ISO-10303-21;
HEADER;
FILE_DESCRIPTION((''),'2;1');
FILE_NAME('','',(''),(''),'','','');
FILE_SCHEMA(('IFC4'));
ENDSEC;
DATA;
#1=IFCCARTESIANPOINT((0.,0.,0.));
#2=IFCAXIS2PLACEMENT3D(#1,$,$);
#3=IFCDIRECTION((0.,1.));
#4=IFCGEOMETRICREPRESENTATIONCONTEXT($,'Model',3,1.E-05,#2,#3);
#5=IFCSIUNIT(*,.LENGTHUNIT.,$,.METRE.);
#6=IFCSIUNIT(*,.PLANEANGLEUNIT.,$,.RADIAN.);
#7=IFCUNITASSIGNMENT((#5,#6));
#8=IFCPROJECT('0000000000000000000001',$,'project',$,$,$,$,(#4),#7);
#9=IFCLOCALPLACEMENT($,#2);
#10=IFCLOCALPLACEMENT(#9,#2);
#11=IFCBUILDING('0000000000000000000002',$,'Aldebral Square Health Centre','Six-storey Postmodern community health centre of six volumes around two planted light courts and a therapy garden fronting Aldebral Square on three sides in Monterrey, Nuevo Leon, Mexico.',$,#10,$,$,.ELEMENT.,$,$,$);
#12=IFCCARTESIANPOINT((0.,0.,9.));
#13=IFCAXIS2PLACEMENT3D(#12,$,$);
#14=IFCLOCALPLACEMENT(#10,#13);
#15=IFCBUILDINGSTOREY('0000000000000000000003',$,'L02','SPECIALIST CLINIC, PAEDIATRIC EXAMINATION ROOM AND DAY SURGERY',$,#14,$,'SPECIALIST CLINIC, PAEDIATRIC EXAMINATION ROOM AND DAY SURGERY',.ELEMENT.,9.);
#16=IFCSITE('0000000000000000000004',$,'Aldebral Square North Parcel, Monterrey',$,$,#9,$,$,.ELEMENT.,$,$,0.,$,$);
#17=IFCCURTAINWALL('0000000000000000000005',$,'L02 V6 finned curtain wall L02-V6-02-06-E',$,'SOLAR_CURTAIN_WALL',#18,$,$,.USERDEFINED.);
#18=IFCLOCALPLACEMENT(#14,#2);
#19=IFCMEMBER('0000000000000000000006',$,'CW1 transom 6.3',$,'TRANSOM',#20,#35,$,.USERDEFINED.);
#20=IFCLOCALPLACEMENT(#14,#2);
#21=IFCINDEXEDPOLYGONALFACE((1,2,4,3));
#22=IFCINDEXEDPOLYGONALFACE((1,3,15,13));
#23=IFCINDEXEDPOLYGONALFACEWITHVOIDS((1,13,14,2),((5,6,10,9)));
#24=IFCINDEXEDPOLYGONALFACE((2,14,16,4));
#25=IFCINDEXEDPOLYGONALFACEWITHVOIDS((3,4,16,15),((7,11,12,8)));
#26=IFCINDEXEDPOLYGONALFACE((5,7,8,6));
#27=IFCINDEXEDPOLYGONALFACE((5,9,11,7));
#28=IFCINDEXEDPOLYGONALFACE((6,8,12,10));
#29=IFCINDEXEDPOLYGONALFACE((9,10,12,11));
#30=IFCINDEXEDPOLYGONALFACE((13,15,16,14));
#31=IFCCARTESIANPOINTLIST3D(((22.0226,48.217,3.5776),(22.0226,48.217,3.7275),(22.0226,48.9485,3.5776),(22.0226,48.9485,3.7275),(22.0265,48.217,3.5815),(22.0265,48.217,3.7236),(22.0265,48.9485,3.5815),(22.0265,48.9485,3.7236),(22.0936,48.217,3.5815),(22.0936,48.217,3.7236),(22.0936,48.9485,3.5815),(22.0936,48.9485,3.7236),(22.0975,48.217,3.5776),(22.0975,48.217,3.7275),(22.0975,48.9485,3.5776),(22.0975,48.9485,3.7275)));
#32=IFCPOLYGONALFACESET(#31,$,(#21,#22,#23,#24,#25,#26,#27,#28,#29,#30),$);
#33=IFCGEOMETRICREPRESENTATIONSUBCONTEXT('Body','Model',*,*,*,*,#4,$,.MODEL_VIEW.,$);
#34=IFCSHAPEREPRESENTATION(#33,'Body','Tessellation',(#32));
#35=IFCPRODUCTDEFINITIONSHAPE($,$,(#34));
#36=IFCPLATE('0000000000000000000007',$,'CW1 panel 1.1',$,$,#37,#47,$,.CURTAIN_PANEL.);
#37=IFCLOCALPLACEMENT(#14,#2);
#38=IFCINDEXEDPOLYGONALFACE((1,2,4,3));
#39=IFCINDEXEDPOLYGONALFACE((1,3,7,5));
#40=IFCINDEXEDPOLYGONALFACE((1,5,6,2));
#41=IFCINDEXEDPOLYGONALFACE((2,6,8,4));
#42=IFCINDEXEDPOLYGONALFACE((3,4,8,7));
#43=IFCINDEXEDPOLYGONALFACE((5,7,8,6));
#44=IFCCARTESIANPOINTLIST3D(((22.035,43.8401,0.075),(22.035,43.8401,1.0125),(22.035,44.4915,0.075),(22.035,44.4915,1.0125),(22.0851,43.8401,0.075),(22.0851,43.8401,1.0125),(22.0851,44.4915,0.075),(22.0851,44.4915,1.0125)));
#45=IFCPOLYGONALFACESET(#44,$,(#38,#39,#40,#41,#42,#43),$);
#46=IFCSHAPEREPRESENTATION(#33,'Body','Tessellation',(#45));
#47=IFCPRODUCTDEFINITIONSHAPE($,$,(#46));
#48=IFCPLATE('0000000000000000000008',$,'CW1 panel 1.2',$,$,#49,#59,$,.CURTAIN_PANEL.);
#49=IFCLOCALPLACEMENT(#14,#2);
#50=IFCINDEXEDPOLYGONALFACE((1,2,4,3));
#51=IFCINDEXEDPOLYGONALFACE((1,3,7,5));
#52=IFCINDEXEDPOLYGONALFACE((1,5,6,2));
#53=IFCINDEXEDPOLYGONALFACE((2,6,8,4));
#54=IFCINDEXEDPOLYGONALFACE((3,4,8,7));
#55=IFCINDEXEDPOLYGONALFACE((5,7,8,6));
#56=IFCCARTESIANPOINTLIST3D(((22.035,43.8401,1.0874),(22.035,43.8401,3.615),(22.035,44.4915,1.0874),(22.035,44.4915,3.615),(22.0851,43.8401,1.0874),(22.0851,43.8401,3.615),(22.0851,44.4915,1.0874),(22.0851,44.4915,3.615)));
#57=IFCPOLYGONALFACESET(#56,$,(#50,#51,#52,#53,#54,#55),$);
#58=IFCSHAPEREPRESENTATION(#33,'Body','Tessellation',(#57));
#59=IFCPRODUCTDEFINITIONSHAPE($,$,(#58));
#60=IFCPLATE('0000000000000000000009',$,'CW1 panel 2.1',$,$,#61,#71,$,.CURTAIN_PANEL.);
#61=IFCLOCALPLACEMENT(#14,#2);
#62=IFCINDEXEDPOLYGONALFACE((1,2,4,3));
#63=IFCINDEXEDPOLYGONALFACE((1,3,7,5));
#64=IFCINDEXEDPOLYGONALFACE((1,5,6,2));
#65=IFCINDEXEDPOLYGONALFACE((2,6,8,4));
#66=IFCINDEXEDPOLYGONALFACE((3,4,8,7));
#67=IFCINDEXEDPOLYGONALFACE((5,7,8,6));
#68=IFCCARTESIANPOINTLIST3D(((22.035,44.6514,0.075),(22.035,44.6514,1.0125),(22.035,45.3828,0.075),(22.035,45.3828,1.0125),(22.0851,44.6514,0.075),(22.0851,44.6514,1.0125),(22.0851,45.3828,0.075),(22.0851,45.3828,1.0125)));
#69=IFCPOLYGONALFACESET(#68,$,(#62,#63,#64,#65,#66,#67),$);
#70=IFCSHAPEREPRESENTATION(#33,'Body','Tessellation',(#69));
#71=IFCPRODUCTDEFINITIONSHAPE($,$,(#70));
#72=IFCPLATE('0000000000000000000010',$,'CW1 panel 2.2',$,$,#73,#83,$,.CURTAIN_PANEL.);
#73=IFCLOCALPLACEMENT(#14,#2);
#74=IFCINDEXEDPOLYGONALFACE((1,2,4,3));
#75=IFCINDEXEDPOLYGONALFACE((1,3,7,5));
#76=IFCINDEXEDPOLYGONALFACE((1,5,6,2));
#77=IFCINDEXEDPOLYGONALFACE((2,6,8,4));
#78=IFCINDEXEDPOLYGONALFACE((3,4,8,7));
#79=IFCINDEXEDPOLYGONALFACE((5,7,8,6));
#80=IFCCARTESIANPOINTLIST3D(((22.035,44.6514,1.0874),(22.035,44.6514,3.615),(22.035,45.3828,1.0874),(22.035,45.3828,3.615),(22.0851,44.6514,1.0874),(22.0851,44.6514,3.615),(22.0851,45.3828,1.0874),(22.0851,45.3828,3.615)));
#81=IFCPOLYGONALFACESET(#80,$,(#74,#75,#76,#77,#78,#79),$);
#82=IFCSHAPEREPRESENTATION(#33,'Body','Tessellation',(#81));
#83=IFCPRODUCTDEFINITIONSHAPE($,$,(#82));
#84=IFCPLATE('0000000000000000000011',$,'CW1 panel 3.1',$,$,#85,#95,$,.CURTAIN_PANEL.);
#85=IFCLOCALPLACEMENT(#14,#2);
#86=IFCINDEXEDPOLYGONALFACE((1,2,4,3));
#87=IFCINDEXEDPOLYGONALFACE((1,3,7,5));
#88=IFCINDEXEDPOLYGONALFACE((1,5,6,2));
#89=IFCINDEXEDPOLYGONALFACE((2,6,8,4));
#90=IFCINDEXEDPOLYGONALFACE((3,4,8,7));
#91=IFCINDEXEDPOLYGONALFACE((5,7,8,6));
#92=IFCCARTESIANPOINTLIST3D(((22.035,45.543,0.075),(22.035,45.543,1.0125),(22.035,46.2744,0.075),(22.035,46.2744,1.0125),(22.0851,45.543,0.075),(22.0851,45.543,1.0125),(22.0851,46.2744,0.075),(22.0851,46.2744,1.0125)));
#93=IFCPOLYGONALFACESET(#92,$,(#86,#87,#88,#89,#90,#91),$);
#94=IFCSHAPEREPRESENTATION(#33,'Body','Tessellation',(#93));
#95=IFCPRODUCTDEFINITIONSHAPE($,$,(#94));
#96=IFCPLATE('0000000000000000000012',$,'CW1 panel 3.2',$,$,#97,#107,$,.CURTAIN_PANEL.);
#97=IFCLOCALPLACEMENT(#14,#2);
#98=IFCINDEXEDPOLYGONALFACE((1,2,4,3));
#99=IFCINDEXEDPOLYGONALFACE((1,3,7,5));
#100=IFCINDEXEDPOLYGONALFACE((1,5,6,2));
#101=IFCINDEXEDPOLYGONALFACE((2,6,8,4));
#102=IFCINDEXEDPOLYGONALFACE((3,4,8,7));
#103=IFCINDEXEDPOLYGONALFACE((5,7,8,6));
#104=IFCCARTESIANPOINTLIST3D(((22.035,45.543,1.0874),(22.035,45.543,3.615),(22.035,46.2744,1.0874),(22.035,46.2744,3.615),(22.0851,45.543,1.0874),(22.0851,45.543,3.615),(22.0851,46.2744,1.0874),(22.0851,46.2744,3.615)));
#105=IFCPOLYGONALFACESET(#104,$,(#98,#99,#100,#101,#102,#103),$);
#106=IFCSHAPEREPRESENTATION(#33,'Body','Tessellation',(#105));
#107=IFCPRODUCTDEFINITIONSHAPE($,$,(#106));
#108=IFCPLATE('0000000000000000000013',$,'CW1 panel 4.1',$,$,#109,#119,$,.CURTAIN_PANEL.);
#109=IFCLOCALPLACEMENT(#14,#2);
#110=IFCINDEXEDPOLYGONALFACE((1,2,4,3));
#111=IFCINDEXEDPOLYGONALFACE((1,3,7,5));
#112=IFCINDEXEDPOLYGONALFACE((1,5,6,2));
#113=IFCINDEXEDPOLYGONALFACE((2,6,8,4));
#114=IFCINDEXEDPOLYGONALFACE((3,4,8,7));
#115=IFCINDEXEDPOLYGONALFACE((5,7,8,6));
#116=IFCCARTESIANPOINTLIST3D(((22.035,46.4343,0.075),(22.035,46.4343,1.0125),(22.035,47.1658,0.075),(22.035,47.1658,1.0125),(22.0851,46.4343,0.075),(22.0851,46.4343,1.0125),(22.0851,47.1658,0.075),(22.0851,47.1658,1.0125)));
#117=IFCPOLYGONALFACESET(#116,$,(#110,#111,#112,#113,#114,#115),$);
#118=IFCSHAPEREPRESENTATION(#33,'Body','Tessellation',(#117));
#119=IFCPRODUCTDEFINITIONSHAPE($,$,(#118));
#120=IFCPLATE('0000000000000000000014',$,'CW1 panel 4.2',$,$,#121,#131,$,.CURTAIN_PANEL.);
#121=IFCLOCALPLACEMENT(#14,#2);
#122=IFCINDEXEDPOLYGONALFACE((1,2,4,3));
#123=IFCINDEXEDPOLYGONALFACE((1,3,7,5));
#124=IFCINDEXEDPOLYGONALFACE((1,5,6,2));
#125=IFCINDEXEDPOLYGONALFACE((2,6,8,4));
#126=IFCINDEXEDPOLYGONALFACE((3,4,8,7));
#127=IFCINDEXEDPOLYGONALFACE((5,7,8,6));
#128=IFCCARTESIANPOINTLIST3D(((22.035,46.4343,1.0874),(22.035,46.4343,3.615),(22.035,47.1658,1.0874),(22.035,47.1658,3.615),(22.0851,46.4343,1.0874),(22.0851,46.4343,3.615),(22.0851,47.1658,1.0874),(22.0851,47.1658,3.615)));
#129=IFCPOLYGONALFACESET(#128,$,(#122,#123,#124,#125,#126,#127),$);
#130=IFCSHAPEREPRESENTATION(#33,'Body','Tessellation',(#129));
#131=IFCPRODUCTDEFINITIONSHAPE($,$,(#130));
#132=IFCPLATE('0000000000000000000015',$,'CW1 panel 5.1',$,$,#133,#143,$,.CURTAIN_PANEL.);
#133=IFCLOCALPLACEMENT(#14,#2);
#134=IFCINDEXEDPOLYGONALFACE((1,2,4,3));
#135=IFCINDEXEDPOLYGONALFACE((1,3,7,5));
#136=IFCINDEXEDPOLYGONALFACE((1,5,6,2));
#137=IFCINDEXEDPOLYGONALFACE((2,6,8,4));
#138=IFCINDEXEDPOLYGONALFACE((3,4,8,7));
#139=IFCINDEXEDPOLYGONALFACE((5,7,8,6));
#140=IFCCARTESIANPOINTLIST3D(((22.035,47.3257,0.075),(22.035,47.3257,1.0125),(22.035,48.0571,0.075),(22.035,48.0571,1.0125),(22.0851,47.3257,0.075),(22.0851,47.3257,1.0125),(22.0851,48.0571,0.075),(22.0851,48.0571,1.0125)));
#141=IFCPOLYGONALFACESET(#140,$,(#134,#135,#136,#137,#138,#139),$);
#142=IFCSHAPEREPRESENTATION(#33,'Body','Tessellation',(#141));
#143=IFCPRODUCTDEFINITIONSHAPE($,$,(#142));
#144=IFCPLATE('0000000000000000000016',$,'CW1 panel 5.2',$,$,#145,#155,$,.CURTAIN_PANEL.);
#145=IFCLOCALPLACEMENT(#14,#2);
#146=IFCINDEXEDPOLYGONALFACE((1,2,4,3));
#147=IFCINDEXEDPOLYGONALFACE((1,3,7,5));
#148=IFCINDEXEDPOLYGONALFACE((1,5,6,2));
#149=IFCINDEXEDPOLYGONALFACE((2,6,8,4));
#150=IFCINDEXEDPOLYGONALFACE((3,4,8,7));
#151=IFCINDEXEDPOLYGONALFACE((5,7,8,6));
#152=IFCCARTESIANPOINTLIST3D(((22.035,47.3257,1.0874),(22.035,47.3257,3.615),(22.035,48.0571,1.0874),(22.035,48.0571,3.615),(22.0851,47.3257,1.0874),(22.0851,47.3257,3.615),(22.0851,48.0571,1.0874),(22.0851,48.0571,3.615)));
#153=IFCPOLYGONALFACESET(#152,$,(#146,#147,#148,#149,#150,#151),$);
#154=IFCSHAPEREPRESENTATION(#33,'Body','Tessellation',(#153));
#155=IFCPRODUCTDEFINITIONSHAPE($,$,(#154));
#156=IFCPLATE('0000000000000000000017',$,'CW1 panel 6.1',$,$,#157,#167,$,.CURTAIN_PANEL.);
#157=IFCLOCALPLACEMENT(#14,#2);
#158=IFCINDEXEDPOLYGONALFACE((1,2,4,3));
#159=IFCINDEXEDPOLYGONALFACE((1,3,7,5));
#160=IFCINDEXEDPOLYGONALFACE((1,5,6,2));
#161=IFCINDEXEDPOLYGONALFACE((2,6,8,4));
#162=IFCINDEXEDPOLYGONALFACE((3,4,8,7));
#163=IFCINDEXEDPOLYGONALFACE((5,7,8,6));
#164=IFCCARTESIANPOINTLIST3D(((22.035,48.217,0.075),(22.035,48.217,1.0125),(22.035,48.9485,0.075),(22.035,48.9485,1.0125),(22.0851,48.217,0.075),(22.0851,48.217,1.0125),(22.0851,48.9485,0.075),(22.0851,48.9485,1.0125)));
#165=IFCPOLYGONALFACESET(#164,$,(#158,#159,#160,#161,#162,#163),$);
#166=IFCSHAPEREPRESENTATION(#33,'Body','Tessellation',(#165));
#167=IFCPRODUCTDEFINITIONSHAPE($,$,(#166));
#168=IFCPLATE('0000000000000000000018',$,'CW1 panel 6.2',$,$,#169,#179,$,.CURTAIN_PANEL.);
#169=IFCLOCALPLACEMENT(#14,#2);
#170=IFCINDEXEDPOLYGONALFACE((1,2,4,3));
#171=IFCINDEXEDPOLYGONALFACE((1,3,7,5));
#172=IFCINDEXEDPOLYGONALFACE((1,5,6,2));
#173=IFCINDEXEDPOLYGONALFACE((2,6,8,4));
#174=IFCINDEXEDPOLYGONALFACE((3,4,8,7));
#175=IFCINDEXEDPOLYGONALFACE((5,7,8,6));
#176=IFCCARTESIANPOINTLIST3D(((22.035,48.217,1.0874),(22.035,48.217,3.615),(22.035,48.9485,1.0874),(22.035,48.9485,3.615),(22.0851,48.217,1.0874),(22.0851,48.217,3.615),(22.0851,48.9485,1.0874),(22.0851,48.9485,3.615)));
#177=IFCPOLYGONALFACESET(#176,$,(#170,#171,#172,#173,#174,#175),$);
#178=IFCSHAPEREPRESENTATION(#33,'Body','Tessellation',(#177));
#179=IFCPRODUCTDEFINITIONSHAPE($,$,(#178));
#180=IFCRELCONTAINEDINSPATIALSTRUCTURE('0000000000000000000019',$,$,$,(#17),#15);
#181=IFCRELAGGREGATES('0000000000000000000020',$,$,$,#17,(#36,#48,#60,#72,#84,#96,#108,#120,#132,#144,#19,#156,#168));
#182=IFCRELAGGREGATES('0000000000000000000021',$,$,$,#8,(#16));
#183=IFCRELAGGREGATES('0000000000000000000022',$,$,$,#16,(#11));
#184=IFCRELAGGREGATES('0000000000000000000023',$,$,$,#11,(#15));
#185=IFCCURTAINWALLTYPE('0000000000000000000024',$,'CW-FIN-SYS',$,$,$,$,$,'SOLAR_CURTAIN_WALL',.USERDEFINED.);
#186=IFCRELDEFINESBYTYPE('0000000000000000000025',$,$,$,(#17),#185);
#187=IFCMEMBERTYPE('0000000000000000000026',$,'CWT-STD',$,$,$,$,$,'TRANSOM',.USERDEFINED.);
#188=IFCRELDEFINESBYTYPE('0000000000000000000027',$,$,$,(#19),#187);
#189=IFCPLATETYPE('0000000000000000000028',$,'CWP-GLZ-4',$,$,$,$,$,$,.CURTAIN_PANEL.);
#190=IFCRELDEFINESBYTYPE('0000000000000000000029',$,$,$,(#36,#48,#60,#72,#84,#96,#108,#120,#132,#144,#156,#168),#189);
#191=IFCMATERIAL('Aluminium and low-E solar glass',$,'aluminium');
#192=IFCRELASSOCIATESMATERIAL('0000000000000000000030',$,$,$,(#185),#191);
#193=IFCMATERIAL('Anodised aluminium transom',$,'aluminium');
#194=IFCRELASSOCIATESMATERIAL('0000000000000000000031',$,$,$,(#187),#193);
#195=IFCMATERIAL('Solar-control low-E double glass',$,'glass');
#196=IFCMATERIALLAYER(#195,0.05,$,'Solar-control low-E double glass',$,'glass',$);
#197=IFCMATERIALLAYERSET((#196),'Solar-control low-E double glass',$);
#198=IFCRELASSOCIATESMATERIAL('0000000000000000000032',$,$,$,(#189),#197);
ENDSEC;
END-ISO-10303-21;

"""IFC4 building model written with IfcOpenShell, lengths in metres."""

from ifc_helpers import new_model, si_unit, direction, frame, origin, origin_2d, place, context, subcontext, project, spatial, rectangle, hollow_rectangle, extrude, material, layer, layer_set, material_profile, profile_set, type_object, element, aggregate, save


model = new_model("IFC4")

# Units and contexts
model_context = context("Model", 3, precision=1e-05, world=origin(), true_north=direction((0.0, 1.0)))
body_context = subcontext(model_context, "Body", "Model", "MODEL_VIEW")
ifc_project = project(units=[si_unit("LENGTHUNIT", "METRE"), si_unit("PLANEANGLEUNIT", "RADIAN")], contexts=[model_context])

# Site, building, storey
site_placement = place(None, origin())
site = spatial("IfcSite", under=ifc_project, at=site_placement, Name="Aldebral Square North Parcel, Monterrey", CompositionType="ELEMENT", RefElevation=0.0)
building_placement = place(site_placement, origin())
building = spatial("IfcBuilding", under=site, at=building_placement, Name="Aldebral Square Health Centre", Description="Six-storey Postmodern community health centre of six volumes around two planted light courts and a therapy garden fronting Aldebral Square on three sides in Monterrey, Nuevo Leon, Mexico.", CompositionType="ELEMENT")
storey_placement = place(building_placement, frame((0.0, 0.0, 9.0)))
storey = spatial("IfcBuildingStorey", under=building, at=storey_placement, Name="L02", Description="SPECIALIST CLINIC, PAEDIATRIC EXAMINATION ROOM AND DAY SURGERY", LongName="SPECIALIST CLINIC, PAEDIATRIC EXAMINATION ROOM AND DAY SURGERY", CompositionType="ELEMENT", Elevation=9.0)

# Curtain wall, member, plates
ifc_material_1 = material(Name="Aluminium and low-E solar glass", Category="aluminium")
curtain_wall_type = type_object("IfcCurtainWallType", Name="CW-FIN-SYS", ElementType="SOLAR_CURTAIN_WALL", PredefinedType="USERDEFINED", material=ifc_material_1)
curtain_wall_placement = place(storey_placement, origin())
curtain_wall = element("IfcCurtainWall", 1, at=curtain_wall_placement, inside=storey, type_object=curtain_wall_type, Name="L02 V6 finned curtain wall L02-V6-02-06-E", ObjectType="SOLAR_CURTAIN_WALL", PredefinedType="USERDEFINED")
ifc_material_2 = material(Name="Anodised aluminium transom", Category="aluminium")
ifc_material_profile_1 = material_profile(ifc_material_2, hollow_rectangle(XDim=0.075, YDim=0.1499, WallThickness=0.0039, at=origin_2d()), Name="CWT 75x150x4")
ifc_profile_set_1 = profile_set([ifc_material_profile_1], Name="Anodised aluminium transom")
member_type_1 = type_object("IfcMemberType", Name="CWT-STD", ElementType="TRANSOM", PredefinedType="USERDEFINED", material=ifc_profile_set_1)
member_1_placement = place(storey_placement, frame((22.0601, 48.217, 3.6526), z_axis=(0.0, 1.0, 0.0), x_axis=(-1.0, 0.0, 0.0)))
member_1 = element("IfcMember", 2, at=member_1_placement, type_object=member_type_1, Name="CW1 transom 6.3", ObjectType="TRANSOM", PredefinedType="USERDEFINED", context=body_context, shape_type="SweptSolid", body=[
    extrude(hollow_rectangle(XDim=0.075, YDim=0.1499, WallThickness=0.0039, at=origin_2d()), origin(), (0.0, 0.0, 1.0), 0.7314),
])
ifc_material_3 = material(Name="Solar-control low-E double glass", Category="glass")
ifc_layer = layer(ifc_material_3, 0.05, Name="Solar-control low-E double glass", Category="glass")
ifc_layer_set = layer_set([ifc_layer], Name="Solar-control low-E double glass")
plate_type = type_object("IfcPlateType", Name="CWP-GLZ-4", PredefinedType="CURTAIN_PANEL", material=ifc_layer_set)
plate_1_placement = place(storey_placement, frame((22.0601, 44.1658, 0.075), z_axis=(0.0, 0.0, 1.0), x_axis=(0.0, 1.0, 0.0)))
plate_1 = element("IfcPlate", 3, at=plate_1_placement, type_object=plate_type, Name="CW1 panel 1.1", PredefinedType="CURTAIN_PANEL", context=body_context, shape_type="SweptSolid", body=[
    extrude(rectangle(XDim=0.6514, YDim=0.05, at=origin_2d()), origin(), (0.0, 0.0, 1.0), 0.9375),
])
plate_2_placement = place(storey_placement, frame((22.0601, 44.1658, 1.0874), z_axis=(0.0, 0.0, 1.0), x_axis=(0.0, 1.0, 0.0)))
plate_2 = element("IfcPlate", 4, at=plate_2_placement, type_object=plate_type, Name="CW1 panel 1.2", PredefinedType="CURTAIN_PANEL", context=body_context, shape_type="SweptSolid", body=[
    extrude(rectangle(XDim=0.6514, YDim=0.05, at=origin_2d()), origin(), (0.0, 0.0, 1.0), 2.5276),
])
plate_3_placement = place(storey_placement, frame((22.0601, 45.0171, 0.075), z_axis=(0.0, 0.0, 1.0), x_axis=(0.0, 1.0, 0.0)))
plate_3 = element("IfcPlate", 5, at=plate_3_placement, type_object=plate_type, Name="CW1 panel 2.1", PredefinedType="CURTAIN_PANEL", context=body_context, shape_type="SweptSolid", body=[
    extrude(rectangle(XDim=0.7314, YDim=0.05, at=origin_2d()), origin(), (0.0, 0.0, 1.0), 0.9375),
])
plate_4_placement = place(storey_placement, frame((22.0601, 45.0171, 1.0874), z_axis=(0.0, 0.0, 1.0), x_axis=(0.0, 1.0, 0.0)))
plate_4 = element("IfcPlate", 6, at=plate_4_placement, type_object=plate_type, Name="CW1 panel 2.2", PredefinedType="CURTAIN_PANEL", context=body_context, shape_type="SweptSolid", body=[
    extrude(rectangle(XDim=0.7314, YDim=0.05, at=origin_2d()), origin(), (0.0, 0.0, 1.0), 2.5276),
])
plate_5_placement = place(storey_placement, frame((22.0601, 45.9087, 0.075), z_axis=(0.0, 0.0, 1.0), x_axis=(0.0, 1.0, 0.0)))
plate_5 = element("IfcPlate", 7, at=plate_5_placement, type_object=plate_type, Name="CW1 panel 3.1", PredefinedType="CURTAIN_PANEL", context=body_context, shape_type="SweptSolid", body=[
    extrude(rectangle(XDim=0.7314, YDim=0.05, at=origin_2d()), origin(), (0.0, 0.0, 1.0), 0.9375),
])
plate_6_placement = place(storey_placement, frame((22.0601, 45.9087, 1.0874), z_axis=(0.0, 0.0, 1.0), x_axis=(0.0, 1.0, 0.0)))
plate_6 = element("IfcPlate", 8, at=plate_6_placement, type_object=plate_type, Name="CW1 panel 3.2", PredefinedType="CURTAIN_PANEL", context=body_context, shape_type="SweptSolid", body=[
    extrude(rectangle(XDim=0.7314, YDim=0.05, at=origin_2d()), origin(), (0.0, 0.0, 1.0), 2.5276),
])
plate_7_placement = place(storey_placement, frame((22.0601, 46.8, 0.075), z_axis=(0.0, 0.0, 1.0), x_axis=(0.0, 1.0, 0.0)))
plate_7 = element("IfcPlate", 9, at=plate_7_placement, type_object=plate_type, Name="CW1 panel 4.1", PredefinedType="CURTAIN_PANEL", context=body_context, shape_type="SweptSolid", body=[
    extrude(rectangle(XDim=0.7314, YDim=0.05, at=origin_2d()), origin(), (0.0, 0.0, 1.0), 0.9375),
])
plate_8_placement = place(storey_placement, frame((22.0601, 46.8, 1.0874), z_axis=(0.0, 0.0, 1.0), x_axis=(0.0, 1.0, 0.0)))
plate_8 = element("IfcPlate", 10, at=plate_8_placement, type_object=plate_type, Name="CW1 panel 4.2", PredefinedType="CURTAIN_PANEL", context=body_context, shape_type="SweptSolid", body=[
    extrude(rectangle(XDim=0.7314, YDim=0.05, at=origin_2d()), origin(), (0.0, 0.0, 1.0), 2.5276),
])
plate_9_placement = place(storey_placement, frame((22.0601, 47.6914, 0.075), z_axis=(0.0, 0.0, 1.0), x_axis=(0.0, 1.0, 0.0)))
plate_9 = element("IfcPlate", 11, at=plate_9_placement, type_object=plate_type, Name="CW1 panel 5.1", PredefinedType="CURTAIN_PANEL", context=body_context, shape_type="SweptSolid", body=[
    extrude(rectangle(XDim=0.7314, YDim=0.05, at=origin_2d()), origin(), (0.0, 0.0, 1.0), 0.9375),
])
plate_10_placement = place(storey_placement, frame((22.0601, 47.6914, 1.0874), z_axis=(0.0, 0.0, 1.0), x_axis=(0.0, 1.0, 0.0)))
plate_10 = element("IfcPlate", 12, at=plate_10_placement, type_object=plate_type, Name="CW1 panel 5.2", PredefinedType="CURTAIN_PANEL", context=body_context, shape_type="SweptSolid", body=[
    extrude(rectangle(XDim=0.7314, YDim=0.05, at=origin_2d()), origin(), (0.0, 0.0, 1.0), 2.5276),
])
plate_11_placement = place(storey_placement, frame((22.0601, 48.5828, 0.075), z_axis=(0.0, 0.0, 1.0), x_axis=(0.0, 1.0, 0.0)))
plate_11 = element("IfcPlate", 13, at=plate_11_placement, type_object=plate_type, Name="CW1 panel 6.1", PredefinedType="CURTAIN_PANEL", context=body_context, shape_type="SweptSolid", body=[
    extrude(rectangle(XDim=0.7314, YDim=0.05, at=origin_2d()), origin(), (0.0, 0.0, 1.0), 0.9375),
])
plate_12_placement = place(storey_placement, frame((22.0601, 48.5828, 1.0874), z_axis=(0.0, 0.0, 1.0), x_axis=(0.0, 1.0, 0.0)))
plate_12 = element("IfcPlate", 14, at=plate_12_placement, type_object=plate_type, Name="CW1 panel 6.2", PredefinedType="CURTAIN_PANEL", context=body_context, shape_type="SweptSolid", body=[
    extrude(rectangle(XDim=0.7314, YDim=0.05, at=origin_2d()), origin(), (0.0, 0.0, 1.0), 2.5276),
])
aggregate(curtain_wall, [plate_1, plate_2, plate_3, plate_4, plate_5, plate_6, plate_7, plate_8, plate_9, plate_10, member_1, plate_11, plate_12])

save(model, "model.ifc")
